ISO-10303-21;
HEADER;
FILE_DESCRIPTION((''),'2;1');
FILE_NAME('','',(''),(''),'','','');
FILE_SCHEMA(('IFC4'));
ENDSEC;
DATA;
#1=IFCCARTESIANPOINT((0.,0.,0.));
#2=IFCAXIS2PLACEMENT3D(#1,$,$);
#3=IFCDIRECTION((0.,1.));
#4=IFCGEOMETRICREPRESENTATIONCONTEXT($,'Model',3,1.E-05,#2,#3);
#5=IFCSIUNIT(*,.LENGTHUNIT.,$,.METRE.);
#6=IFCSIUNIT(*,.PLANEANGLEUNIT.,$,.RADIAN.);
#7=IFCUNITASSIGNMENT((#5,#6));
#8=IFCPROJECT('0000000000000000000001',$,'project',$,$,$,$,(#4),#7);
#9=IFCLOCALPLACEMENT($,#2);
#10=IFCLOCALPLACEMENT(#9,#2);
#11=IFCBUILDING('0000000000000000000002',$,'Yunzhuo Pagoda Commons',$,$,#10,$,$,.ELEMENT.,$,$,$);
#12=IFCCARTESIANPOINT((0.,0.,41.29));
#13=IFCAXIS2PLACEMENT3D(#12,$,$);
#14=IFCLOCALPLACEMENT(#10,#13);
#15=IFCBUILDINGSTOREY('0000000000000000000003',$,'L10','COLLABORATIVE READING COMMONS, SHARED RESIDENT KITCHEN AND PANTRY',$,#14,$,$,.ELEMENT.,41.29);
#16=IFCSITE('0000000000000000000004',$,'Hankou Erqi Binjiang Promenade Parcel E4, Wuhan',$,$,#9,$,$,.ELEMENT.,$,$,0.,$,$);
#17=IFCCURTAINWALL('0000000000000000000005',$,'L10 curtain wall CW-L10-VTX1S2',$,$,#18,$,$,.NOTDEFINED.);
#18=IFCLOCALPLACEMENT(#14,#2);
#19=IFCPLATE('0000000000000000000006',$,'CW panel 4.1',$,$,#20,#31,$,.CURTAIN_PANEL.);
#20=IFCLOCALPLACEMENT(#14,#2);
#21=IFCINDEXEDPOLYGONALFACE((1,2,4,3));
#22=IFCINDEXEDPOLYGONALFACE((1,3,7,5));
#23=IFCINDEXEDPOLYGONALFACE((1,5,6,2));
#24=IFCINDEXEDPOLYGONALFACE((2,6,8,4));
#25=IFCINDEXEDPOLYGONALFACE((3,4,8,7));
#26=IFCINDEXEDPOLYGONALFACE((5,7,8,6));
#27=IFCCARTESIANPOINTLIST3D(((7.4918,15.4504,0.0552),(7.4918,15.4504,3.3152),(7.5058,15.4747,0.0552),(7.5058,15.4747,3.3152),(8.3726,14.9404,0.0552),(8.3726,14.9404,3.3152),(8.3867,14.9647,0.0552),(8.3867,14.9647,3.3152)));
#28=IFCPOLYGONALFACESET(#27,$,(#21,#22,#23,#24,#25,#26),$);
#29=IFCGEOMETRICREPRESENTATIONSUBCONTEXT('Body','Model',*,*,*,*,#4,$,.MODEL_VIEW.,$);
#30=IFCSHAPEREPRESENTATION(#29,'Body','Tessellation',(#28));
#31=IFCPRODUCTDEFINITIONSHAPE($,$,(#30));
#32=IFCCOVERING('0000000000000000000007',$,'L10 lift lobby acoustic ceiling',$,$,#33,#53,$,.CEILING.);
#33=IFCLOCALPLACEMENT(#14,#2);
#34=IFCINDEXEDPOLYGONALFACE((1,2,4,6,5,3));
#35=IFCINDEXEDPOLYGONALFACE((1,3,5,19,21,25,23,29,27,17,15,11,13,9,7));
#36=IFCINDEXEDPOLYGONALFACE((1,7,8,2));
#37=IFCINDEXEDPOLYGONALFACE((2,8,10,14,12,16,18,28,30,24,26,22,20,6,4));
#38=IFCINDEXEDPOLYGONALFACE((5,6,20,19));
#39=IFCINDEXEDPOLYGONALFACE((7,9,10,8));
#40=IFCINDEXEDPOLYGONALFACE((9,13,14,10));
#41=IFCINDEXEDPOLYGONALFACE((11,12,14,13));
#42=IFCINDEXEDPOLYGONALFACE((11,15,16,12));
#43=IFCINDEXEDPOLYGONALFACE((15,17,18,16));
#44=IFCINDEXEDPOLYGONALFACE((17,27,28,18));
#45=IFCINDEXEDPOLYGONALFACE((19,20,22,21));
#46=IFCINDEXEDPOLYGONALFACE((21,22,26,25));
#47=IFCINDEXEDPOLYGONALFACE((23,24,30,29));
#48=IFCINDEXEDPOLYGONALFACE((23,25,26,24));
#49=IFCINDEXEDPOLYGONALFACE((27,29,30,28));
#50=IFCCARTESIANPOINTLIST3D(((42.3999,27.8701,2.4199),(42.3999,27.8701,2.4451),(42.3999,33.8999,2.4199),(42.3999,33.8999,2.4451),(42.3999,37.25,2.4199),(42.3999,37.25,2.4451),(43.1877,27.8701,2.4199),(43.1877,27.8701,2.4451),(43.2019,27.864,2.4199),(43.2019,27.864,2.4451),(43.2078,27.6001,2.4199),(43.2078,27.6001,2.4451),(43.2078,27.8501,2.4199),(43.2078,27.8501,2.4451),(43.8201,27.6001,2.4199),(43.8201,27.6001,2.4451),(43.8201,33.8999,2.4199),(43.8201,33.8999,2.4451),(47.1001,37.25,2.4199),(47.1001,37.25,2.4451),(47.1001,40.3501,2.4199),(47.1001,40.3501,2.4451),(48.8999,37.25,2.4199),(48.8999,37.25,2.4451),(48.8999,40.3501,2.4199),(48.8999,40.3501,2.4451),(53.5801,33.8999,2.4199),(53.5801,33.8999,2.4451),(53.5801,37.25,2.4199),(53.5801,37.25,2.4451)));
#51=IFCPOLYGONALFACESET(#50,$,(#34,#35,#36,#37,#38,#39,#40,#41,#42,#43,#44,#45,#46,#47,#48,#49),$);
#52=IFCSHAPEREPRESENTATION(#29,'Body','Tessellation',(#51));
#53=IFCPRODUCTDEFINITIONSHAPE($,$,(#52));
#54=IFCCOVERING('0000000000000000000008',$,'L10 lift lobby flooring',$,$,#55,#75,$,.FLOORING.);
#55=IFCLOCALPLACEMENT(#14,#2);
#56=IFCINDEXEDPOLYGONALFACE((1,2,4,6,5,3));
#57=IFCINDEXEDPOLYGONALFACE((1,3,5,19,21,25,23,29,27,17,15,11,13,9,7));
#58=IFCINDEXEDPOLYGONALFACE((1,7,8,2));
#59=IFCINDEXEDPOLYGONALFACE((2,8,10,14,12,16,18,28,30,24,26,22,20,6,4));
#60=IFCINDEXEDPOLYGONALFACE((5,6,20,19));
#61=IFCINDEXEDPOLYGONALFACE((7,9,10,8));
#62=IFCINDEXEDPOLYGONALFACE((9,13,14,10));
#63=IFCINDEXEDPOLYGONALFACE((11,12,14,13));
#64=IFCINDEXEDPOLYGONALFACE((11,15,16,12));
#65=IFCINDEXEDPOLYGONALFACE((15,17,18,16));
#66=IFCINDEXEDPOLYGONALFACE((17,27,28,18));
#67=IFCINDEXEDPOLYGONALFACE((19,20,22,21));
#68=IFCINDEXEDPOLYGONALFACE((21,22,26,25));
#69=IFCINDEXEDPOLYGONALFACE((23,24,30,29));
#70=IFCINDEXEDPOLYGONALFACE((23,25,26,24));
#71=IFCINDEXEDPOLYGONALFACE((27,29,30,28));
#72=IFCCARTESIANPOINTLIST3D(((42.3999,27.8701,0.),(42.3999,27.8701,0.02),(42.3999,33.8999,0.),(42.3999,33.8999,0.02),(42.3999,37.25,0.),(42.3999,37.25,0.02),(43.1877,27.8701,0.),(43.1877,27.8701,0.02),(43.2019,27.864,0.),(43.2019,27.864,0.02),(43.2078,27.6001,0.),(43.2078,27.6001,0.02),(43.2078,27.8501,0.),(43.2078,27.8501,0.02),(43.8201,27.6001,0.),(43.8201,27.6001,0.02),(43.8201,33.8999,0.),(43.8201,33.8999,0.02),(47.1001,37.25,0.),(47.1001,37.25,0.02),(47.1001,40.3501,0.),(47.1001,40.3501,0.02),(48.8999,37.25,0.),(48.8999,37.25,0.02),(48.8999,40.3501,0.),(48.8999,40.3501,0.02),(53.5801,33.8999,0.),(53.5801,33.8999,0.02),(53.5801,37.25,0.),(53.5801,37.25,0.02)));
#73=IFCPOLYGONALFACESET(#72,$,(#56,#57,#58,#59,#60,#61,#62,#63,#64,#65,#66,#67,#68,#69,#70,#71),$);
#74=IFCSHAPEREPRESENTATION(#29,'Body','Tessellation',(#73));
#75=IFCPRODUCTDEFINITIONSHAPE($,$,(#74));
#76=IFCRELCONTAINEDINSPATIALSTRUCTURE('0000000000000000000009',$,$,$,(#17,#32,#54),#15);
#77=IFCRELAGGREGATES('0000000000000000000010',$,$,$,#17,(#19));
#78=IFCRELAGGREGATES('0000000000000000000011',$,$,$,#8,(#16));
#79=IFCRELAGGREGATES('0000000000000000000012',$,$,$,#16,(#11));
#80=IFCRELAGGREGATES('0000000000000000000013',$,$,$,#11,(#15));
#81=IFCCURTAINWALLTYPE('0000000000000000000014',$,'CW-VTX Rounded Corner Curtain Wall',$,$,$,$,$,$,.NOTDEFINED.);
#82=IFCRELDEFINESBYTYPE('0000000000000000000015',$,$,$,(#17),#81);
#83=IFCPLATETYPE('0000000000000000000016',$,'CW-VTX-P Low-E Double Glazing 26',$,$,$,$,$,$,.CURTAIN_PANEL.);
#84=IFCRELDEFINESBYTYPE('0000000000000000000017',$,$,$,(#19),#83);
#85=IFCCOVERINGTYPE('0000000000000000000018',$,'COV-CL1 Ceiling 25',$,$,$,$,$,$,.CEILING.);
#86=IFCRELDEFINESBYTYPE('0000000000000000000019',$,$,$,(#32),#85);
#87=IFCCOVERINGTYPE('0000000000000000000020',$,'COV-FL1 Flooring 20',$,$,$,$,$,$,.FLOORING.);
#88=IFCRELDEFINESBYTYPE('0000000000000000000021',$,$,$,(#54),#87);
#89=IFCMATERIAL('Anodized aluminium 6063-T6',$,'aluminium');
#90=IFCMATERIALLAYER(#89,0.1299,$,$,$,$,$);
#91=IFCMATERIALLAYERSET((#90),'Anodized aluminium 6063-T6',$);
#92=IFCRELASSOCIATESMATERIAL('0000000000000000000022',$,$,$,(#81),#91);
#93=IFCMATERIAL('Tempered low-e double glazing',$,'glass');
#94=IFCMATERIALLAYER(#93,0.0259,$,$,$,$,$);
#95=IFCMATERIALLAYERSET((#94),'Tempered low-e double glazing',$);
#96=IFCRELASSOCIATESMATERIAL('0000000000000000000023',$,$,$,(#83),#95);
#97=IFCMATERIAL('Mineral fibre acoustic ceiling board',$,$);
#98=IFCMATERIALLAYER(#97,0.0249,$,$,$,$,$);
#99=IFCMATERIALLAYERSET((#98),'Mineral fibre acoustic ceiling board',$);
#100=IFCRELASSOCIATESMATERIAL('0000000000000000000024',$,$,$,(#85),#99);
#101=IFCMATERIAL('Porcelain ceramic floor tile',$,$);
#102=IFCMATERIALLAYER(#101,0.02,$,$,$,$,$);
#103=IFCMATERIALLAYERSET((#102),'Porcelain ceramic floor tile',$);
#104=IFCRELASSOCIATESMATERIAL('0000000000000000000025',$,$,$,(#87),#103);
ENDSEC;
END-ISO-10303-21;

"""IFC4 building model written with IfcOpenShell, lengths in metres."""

from ifc_helpers import new_model, si_unit, direction, frame, origin, origin_2d, place, context, subcontext, project, spatial, polyline, rectangle, outline, extrude, source, transform, mapped, material, layer, layer_set, type_object, element, aggregate, save


model = new_model("IFC4")

# Units and contexts
model_context = context("Model", 3, precision=1e-05, world=origin(), true_north=direction((0.0, 1.0)))
body_context = subcontext(model_context, "Body", "Model", "MODEL_VIEW")
ifc_project = project(units=[si_unit("LENGTHUNIT", "METRE"), si_unit("PLANEANGLEUNIT", "RADIAN")], contexts=[model_context])

# Site, building, storey
site_placement = place(None, origin())
site = spatial("IfcSite", under=ifc_project, at=site_placement, Name="Hankou Erqi Binjiang Promenade Parcel E4, Wuhan", CompositionType="ELEMENT", RefElevation=0.0)
building_placement = place(site_placement, origin())
building = spatial("IfcBuilding", under=site, at=building_placement, Name="Yunzhuo Pagoda Commons", CompositionType="ELEMENT")
storey_placement = place(building_placement, frame((0.0, 0.0, 41.29)))
storey = spatial("IfcBuildingStorey", under=building, at=storey_placement, Name="L10", Description="COLLABORATIVE READING COMMONS, SHARED RESIDENT KITCHEN AND PANTRY", CompositionType="ELEMENT", Elevation=41.29)

# Curtain wall
ifc_material_1 = material(Name="Anodized aluminium 6063-T6", Category="aluminium")
ifc_layer_1 = layer(ifc_material_1, 0.1299)
ifc_layer_set_1 = layer_set([ifc_layer_1], Name="Anodized aluminium 6063-T6")
curtain_wall_type = type_object("IfcCurtainWallType", Name="CW-VTX Rounded Corner Curtain Wall", PredefinedType="NOTDEFINED", material=ifc_layer_set_1)
curtain_wall_1_placement = place(storey_placement, origin())
curtain_wall_1 = element("IfcCurtainWall", 1, at=curtain_wall_1_placement, inside=storey, type_object=curtain_wall_type, Name="L10 curtain wall CW-L10-VTX1S2", PredefinedType="NOTDEFINED")

# Plate
ifc_material_2 = material(Name="Tempered low-e double glazing", Category="glass")
ifc_layer_2 = layer(ifc_material_2, 0.0259)
ifc_layer_set_2 = layer_set([ifc_layer_2], Name="Tempered low-e double glazing")
plate_type = type_object("IfcPlateType", Name="CW-VTX-P Low-E Double Glazing 26", PredefinedType="CURTAIN_PANEL", material=ifc_layer_set_2)
shared_shape_1 = source(origin(), body_context, "Body", "SweptSolid", [
    extrude(rectangle(XDim=1.0178, YDim=0.0281, at=origin_2d()), origin(), (0.0, 0.0, 1.0), 3.26),
])
plate_1_placement = place(storey_placement, frame((7.9392, 15.2075, 0.0552), z_axis=(0.0, 0.0, 1.0), x_axis=(0.865423, -0.501041, 0.0)))
plate_1 = element("IfcPlate", 2, at=plate_1_placement, type_object=plate_type, Name="CW panel 4.1", PredefinedType="CURTAIN_PANEL", context=body_context, shape_type="MappedRepresentation", body=[
    mapped(shared_shape_1, transform((0.0, 0.0, 0.0), scale=1.0)),
])
aggregate(curtain_wall_1, [plate_1])

# Coverings
ifc_material_3 = material(Name="Mineral fibre acoustic ceiling board")
ifc_layer_3 = layer(ifc_material_3, 0.0249)
ifc_layer_set_3 = layer_set([ifc_layer_3], Name="Mineral fibre acoustic ceiling board")
covering_type_1 = type_object("IfcCoveringType", Name="COV-CL1 Ceiling 25", PredefinedType="CEILING", material=ifc_layer_set_3)
covering_1_placement = place(storey_placement, frame((0.0, 0.0, 2.4199)))
element("IfcCovering", 3, at=covering_1_placement, inside=storey, type_object=covering_type_1, Name="L10 lift lobby acoustic ceiling", PredefinedType="CEILING", context=body_context, shape_type="SweptSolid", body=[
    extrude(outline(polyline([(43.2078, 27.8501), (43.2019, 27.864), (43.1877, 27.8701), (42.3999, 27.8701), (42.3999, 33.8999), (42.3999, 37.25), (47.1001, 37.25), (47.1001, 40.3501), (48.8999, 40.3501), (48.8999, 37.25), (53.5801, 37.25), (53.5801, 33.8999), (43.8201, 33.8999), (43.8201, 27.6001), (43.2078, 27.6001), (43.2078, 27.8501)])), origin(), (0.0, 0.0, 1.0), 0.0251),
])
ifc_material_4 = material(Name="Porcelain ceramic floor tile")
ifc_layer_4 = layer(ifc_material_4, 0.02)
ifc_layer_set_4 = layer_set([ifc_layer_4], Name="Porcelain ceramic floor tile")
covering_type_2 = type_object("IfcCoveringType", Name="COV-FL1 Flooring 20", PredefinedType="FLOORING", material=ifc_layer_set_4)
covering_2_placement = place(storey_placement, origin())
element("IfcCovering", 4, at=covering_2_placement, inside=storey, type_object=covering_type_2, Name="L10 lift lobby flooring", PredefinedType="FLOORING", context=body_context, shape_type="SweptSolid", body=[
    extrude(outline(polyline([(43.2078, 27.8501), (43.2019, 27.864), (43.1877, 27.8701), (42.3999, 27.8701), (42.3999, 33.8999), (42.3999, 37.25), (47.1001, 37.25), (47.1001, 40.3501), (48.8999, 40.3501), (48.8999, 37.25), (53.5801, 37.25), (53.5801, 33.8999), (43.8201, 33.8999), (43.8201, 27.6001), (43.2078, 27.6001), (43.2078, 27.8501)])), origin(), (0.0, 0.0, 1.0), 0.02),
])

save(model, "model.ifc")
